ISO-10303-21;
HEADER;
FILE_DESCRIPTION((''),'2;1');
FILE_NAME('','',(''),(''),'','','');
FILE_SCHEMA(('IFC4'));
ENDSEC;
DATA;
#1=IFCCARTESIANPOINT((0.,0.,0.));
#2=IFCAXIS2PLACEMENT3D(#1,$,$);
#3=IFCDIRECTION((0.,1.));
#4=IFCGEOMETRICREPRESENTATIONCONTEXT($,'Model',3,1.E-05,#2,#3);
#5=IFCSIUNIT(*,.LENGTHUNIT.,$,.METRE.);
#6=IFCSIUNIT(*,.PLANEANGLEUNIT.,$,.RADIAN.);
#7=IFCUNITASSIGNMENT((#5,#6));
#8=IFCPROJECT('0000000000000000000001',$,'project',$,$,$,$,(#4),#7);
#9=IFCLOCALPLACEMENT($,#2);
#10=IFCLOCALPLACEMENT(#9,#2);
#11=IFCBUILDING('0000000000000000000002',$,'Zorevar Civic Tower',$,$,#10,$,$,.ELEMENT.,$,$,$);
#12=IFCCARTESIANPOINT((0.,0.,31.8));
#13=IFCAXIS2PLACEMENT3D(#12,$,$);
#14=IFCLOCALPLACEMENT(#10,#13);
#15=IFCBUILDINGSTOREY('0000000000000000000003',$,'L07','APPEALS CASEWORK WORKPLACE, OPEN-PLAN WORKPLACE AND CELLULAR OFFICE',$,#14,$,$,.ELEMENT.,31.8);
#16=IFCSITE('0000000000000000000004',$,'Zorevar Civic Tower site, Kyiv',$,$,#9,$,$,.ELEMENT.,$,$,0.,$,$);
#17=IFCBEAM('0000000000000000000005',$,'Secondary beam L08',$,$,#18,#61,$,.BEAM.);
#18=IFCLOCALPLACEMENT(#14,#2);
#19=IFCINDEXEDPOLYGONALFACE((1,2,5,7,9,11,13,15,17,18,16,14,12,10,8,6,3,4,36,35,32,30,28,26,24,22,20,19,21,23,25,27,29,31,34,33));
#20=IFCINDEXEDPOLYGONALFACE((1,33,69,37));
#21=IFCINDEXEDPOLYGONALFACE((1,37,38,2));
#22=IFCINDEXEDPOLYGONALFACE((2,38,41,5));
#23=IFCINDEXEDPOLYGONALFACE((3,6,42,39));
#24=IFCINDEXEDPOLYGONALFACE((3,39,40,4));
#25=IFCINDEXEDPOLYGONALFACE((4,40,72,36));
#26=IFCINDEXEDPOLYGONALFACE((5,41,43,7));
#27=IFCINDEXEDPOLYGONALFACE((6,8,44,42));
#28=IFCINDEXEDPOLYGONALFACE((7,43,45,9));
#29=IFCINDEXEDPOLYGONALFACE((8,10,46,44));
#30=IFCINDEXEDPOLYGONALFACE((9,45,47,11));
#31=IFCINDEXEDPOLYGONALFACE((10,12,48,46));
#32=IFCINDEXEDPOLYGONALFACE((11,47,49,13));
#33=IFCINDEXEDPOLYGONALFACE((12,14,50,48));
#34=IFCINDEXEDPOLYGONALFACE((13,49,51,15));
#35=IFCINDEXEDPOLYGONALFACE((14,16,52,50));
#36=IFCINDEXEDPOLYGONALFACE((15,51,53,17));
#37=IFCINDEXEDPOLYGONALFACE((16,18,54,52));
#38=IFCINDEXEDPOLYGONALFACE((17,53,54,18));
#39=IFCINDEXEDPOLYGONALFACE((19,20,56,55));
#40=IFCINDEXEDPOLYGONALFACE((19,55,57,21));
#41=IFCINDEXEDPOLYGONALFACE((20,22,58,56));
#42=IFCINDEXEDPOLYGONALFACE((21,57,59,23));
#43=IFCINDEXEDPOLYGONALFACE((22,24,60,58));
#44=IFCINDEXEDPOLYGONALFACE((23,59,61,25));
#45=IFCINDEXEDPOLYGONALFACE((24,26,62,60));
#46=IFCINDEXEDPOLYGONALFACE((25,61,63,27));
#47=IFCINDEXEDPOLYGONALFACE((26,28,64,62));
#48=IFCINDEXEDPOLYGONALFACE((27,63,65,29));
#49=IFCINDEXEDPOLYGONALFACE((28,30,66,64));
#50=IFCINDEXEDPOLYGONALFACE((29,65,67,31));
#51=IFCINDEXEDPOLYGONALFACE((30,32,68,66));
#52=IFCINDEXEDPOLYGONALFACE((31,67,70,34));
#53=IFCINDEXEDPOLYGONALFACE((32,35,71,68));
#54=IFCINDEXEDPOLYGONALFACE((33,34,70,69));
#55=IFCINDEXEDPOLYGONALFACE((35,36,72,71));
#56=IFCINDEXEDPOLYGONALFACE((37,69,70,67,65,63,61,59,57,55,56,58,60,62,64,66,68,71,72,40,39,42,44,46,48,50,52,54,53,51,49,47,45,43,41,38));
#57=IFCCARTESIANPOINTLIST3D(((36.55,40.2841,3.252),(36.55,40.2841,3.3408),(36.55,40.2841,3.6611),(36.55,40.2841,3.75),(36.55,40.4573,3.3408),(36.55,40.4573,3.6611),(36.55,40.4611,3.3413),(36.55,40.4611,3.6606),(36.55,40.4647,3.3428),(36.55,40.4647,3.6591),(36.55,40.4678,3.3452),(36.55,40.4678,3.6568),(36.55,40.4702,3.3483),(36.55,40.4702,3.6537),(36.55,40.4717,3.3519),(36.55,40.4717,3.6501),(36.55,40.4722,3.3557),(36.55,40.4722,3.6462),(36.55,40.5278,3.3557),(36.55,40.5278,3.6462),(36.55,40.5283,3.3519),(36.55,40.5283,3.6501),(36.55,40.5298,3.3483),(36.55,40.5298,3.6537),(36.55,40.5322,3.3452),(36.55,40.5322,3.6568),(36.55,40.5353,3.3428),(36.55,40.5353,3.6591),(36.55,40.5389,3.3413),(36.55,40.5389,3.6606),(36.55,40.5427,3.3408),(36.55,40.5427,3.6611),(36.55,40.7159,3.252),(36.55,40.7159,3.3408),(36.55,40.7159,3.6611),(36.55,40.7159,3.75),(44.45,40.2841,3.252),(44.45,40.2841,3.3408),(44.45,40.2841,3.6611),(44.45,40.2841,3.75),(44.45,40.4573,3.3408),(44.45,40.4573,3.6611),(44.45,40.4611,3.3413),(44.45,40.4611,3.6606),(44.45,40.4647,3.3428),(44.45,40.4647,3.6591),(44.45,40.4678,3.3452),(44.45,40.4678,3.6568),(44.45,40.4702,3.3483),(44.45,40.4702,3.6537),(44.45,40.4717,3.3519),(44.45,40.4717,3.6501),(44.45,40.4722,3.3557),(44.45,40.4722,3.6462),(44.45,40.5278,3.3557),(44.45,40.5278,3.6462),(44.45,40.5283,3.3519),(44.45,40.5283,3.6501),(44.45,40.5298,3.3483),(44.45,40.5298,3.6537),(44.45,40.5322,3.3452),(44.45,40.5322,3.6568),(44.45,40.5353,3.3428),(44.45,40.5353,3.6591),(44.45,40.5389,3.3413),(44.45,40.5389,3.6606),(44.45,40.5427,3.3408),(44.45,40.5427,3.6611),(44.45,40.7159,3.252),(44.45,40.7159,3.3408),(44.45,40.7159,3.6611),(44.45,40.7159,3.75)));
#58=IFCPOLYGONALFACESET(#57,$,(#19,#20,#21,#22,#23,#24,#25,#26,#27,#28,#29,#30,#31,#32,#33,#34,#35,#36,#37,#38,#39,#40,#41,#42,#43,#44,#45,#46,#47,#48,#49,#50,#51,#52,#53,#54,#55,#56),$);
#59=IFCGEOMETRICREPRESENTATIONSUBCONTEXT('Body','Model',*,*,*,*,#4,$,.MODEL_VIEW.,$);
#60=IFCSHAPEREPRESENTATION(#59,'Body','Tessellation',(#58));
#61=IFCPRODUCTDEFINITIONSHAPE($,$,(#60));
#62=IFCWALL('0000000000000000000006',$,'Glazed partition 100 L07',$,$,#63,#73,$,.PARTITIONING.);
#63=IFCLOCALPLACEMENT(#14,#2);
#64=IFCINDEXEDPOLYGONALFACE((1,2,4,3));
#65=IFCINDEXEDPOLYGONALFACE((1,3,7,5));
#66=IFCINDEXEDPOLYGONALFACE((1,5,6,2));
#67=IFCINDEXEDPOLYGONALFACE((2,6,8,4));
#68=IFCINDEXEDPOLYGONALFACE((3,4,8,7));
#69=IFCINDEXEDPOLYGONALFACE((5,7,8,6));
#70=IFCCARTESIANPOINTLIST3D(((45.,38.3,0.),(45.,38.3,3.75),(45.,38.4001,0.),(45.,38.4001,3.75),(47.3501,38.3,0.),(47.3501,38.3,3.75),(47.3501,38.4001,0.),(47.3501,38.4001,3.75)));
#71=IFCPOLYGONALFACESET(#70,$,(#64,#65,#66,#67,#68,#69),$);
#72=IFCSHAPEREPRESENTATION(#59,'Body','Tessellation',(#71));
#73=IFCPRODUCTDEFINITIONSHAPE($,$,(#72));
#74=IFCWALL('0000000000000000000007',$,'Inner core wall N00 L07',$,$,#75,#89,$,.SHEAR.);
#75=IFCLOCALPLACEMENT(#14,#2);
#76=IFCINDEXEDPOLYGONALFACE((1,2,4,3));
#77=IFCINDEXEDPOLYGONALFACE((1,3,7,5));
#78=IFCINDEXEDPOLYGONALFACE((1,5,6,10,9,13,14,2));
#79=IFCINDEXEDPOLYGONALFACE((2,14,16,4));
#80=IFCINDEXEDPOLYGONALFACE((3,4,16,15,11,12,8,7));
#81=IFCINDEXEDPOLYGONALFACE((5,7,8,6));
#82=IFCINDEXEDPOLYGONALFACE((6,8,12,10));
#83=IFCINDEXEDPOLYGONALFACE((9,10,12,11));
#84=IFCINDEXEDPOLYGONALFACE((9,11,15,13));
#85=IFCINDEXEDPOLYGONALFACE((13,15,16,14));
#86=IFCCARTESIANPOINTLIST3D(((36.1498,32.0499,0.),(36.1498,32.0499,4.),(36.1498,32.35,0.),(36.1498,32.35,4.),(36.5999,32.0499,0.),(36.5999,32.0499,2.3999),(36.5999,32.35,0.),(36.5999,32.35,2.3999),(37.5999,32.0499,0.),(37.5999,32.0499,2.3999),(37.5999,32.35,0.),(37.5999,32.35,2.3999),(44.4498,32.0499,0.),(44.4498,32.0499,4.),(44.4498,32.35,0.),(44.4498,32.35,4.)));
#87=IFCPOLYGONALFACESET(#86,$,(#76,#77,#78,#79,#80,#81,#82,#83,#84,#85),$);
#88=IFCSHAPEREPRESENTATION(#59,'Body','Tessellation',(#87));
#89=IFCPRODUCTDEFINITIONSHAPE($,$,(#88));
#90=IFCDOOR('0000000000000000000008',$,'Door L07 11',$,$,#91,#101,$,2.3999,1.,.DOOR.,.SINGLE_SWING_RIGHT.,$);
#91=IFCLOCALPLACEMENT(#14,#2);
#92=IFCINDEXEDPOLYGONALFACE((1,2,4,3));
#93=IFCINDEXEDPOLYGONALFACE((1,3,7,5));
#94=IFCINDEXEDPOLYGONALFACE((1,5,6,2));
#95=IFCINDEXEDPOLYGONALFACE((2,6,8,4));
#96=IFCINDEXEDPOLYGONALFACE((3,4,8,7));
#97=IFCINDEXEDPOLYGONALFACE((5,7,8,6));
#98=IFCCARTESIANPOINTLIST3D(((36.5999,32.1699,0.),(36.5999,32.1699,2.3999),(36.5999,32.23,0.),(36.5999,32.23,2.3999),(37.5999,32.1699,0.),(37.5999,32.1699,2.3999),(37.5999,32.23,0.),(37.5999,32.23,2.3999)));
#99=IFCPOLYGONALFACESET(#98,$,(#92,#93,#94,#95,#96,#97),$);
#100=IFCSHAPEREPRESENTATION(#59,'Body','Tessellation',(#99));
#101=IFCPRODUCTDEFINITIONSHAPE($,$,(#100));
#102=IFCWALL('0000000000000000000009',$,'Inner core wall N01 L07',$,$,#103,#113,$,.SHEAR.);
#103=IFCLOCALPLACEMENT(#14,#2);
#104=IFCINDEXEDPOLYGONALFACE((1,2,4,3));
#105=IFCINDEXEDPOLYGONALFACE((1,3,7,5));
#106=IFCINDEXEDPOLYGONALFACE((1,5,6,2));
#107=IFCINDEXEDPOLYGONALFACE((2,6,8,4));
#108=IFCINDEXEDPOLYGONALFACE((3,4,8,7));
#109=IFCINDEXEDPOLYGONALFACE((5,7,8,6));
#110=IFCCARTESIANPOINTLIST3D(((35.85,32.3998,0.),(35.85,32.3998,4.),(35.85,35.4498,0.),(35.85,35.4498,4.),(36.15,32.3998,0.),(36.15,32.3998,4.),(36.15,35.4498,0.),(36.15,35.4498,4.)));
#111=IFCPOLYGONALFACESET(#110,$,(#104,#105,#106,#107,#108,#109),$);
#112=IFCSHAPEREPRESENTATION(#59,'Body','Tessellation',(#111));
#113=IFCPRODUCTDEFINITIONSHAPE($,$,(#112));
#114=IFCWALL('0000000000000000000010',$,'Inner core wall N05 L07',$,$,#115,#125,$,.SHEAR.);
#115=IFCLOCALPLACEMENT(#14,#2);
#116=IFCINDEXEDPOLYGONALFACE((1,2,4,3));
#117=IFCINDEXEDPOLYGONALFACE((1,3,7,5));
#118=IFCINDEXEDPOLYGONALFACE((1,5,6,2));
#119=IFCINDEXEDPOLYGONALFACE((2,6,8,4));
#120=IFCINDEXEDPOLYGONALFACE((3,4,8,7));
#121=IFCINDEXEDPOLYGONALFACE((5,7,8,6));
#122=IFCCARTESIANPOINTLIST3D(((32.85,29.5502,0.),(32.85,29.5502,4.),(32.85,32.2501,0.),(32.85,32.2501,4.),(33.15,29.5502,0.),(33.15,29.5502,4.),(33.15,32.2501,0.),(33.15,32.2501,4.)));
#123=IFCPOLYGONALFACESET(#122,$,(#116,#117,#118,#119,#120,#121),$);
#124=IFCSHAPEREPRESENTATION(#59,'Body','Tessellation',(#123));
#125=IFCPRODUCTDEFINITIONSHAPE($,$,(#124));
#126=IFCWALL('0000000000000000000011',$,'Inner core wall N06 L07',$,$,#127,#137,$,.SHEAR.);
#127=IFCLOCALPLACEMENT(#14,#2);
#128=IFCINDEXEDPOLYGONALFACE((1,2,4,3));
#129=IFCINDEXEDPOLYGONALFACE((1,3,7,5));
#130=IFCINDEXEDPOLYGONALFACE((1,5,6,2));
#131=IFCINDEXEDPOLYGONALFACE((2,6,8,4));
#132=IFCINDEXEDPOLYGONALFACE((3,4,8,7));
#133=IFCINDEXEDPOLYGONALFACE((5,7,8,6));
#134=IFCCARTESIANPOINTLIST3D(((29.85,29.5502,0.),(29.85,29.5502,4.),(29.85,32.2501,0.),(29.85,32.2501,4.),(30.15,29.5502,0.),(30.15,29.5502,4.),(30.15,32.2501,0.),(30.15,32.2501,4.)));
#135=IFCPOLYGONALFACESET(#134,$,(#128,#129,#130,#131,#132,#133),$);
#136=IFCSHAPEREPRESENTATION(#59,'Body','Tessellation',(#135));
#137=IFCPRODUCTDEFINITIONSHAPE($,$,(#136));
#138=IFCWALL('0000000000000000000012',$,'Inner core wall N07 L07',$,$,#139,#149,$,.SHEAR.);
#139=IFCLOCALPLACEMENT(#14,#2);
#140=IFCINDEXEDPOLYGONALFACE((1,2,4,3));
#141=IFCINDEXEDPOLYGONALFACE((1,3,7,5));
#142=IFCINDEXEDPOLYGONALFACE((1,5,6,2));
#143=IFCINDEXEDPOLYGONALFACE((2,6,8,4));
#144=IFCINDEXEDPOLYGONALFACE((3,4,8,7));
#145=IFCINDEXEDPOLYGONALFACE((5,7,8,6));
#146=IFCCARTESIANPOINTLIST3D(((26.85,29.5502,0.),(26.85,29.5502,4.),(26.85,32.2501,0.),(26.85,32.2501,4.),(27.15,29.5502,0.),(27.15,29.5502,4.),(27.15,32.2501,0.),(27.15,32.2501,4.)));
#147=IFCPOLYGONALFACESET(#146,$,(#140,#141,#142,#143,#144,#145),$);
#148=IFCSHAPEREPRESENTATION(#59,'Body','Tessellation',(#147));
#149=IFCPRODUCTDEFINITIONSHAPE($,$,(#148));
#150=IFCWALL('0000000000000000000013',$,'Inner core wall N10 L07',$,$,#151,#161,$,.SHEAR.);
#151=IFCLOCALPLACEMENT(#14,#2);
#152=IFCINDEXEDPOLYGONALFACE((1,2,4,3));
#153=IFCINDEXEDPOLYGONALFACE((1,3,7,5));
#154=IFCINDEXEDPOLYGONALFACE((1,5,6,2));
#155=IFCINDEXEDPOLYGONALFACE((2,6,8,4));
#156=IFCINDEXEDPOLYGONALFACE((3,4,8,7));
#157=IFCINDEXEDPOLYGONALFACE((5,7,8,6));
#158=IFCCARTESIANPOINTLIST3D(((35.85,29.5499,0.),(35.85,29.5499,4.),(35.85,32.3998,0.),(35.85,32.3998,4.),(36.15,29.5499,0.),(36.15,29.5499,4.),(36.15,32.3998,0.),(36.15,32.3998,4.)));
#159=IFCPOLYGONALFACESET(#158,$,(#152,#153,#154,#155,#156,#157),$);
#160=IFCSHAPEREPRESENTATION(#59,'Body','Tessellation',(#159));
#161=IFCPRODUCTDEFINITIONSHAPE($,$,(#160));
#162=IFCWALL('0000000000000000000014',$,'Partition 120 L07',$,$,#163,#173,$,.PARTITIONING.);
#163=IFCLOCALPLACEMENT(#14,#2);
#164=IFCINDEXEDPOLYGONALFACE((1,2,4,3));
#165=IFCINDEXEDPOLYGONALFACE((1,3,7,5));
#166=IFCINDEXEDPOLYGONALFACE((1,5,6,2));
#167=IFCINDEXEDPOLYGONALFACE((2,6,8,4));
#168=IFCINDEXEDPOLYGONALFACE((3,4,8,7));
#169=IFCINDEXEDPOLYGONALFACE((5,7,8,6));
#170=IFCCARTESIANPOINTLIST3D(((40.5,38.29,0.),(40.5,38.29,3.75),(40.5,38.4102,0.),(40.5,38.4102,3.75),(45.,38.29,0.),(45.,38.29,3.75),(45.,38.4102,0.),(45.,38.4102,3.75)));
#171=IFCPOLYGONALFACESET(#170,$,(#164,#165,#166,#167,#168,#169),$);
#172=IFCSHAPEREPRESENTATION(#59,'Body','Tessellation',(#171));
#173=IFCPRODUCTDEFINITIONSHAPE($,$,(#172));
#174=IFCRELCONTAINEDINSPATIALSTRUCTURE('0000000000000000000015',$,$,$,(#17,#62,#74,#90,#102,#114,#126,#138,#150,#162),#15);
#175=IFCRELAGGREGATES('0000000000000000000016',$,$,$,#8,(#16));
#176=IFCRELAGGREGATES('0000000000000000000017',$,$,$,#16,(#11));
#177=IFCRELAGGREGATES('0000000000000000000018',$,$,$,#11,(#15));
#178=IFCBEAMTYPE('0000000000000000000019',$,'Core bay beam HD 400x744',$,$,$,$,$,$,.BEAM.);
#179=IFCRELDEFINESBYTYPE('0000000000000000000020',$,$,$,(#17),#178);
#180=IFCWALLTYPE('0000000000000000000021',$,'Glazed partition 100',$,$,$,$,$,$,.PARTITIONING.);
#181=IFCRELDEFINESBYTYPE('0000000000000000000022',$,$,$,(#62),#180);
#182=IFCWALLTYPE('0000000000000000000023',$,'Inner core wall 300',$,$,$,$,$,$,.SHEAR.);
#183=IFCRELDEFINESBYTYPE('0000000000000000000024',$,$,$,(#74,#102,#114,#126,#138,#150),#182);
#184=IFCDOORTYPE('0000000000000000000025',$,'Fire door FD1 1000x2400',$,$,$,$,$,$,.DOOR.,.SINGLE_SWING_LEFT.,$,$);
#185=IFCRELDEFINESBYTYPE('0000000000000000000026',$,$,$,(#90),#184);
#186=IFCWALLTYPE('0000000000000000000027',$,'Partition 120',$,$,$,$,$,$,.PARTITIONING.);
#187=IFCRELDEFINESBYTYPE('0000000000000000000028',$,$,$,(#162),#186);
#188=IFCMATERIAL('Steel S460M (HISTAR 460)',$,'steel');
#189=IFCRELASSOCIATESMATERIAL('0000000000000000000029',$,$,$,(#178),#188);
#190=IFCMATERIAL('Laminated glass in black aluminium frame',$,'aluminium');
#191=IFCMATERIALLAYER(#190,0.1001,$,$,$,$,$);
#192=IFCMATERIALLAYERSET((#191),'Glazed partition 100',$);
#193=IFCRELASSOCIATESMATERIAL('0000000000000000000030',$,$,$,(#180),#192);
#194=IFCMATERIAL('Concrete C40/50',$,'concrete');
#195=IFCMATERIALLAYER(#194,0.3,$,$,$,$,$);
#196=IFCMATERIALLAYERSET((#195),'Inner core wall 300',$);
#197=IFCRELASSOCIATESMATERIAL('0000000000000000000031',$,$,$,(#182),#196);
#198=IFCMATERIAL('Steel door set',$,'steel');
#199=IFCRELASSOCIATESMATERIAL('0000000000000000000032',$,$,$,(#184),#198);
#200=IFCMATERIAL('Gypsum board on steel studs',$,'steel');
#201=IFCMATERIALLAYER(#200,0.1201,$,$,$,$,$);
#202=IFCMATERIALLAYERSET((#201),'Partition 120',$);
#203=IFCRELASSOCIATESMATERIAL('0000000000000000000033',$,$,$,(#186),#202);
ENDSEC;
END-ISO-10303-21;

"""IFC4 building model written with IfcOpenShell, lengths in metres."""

from ifc_helpers import new_model, si_unit, direction, frame, frame_2d, origin, origin_2d, place, context, subcontext, project, spatial, rectangle, i_section, extrude, material, layer, layer_set, material_profile, profile_set, type_object, element, fill, save


model = new_model("IFC4")

# Units and contexts
model_context = context("Model", 3, precision=1e-05, world=origin(), true_north=direction((0.0, 1.0)))
body_context = subcontext(model_context, "Body", "Model", "MODEL_VIEW")
ifc_project = project(units=[si_unit("LENGTHUNIT", "METRE"), si_unit("PLANEANGLEUNIT", "RADIAN")], contexts=[model_context])

# Site, building, storey
site_placement = place(None, origin())
site = spatial("IfcSite", under=ifc_project, at=site_placement, Name="Zorevar Civic Tower site, Kyiv", CompositionType="ELEMENT", RefElevation=0.0)
building_placement = place(site_placement, origin())
building = spatial("IfcBuilding", under=site, at=building_placement, Name="Zorevar Civic Tower", CompositionType="ELEMENT")
storey_placement = place(building_placement, frame((0.0, 0.0, 31.8)))
storey = spatial("IfcBuildingStorey", under=building, at=storey_placement, Name="L07", Description="APPEALS CASEWORK WORKPLACE, OPEN-PLAN WORKPLACE AND CELLULAR OFFICE", CompositionType="ELEMENT", Elevation=31.8)

# Beam
ifc_material_1 = material(Name="Steel S460M (HISTAR 460)", Category="steel")
ifc_material_profile_1 = material_profile(ifc_material_1, i_section(OverallWidth=0.4319, OverallDepth=0.498, WebThickness=0.0557, FlangeThickness=0.0889, FilletRadius=0.0149, at=origin_2d()), Name="HD 400x744")
ifc_profile_set_1 = profile_set([ifc_material_profile_1], Name="Steel S460M (HISTAR 460)")
beam_type_1 = type_object("IfcBeamType", Name="Core bay beam HD 400x744", PredefinedType="BEAM", material=ifc_profile_set_1)
for number, where, z_axis, x_axis, name in (
    (1, (36.55, 40.5, 3.501), (1.0, 0.0, 0.0), (0.0, 1.0, 0.0), "Secondary beam L08"),
):
    element("IfcBeam", number, at=place(storey_placement, frame(where, z_axis=z_axis, x_axis=x_axis)), inside=storey, type_object=beam_type_1, Name=name, PredefinedType="BEAM", context=body_context, shape_type="SweptSolid", body=[
        extrude(i_section(OverallWidth=0.4319, OverallDepth=0.498, WebThickness=0.0557, FlangeThickness=0.0889, FilletRadius=0.0149, at=origin_2d()), origin(), (0.0, 0.0, 1.0), 7.8999),
    ])

# Wall
ifc_material_2 = material(Name="Laminated glass in black aluminium frame", Category="aluminium")
ifc_layer_1 = layer(ifc_material_2, 0.1001)
ifc_layer_set_1 = layer_set([ifc_layer_1], Name="Glazed partition 100")
wall_type_1 = type_object("IfcWallType", Name="Glazed partition 100", PredefinedType="PARTITIONING", material=ifc_layer_set_1)
wall_1_placement = place(storey_placement, frame((45.0, 38.3501, 0.0), z_axis=(0.0, 0.0, 1.0), x_axis=(1.0, 0.0, 0.0)))
element("IfcWall", 2, at=wall_1_placement, inside=storey, type_object=wall_type_1, Name="Glazed partition 100 L07", PredefinedType="PARTITIONING", context=body_context, shape_type="SweptSolid", body=[
    extrude(rectangle(XDim=2.3501, YDim=0.1001, at=frame_2d((1.175, 0.0))), origin(), (0.0, 0.0, 1.0), 3.75),
])

# Wall, opening, door
ifc_material_3 = material(Name="Concrete C40/50", Category="concrete")
ifc_layer_2 = layer(ifc_material_3, 0.3)
ifc_layer_set_2 = layer_set([ifc_layer_2], Name="Inner core wall 300")
wall_type_2 = type_object("IfcWallType", Name="Inner core wall 300", PredefinedType="SHEAR", material=ifc_layer_set_2)
wall_2_placement = place(storey_placement, frame((36.1499, 32.2, 0.0), z_axis=(0.0, 0.0, 1.0), x_axis=(1.0, 0.0, 0.0)))
wall_2 = element("IfcWall", 3, at=wall_2_placement, inside=storey, type_object=wall_type_2, Name="Inner core wall N00 L07", PredefinedType="SHEAR", context=body_context, shape_type="SweptSolid", body=[
    extrude(rectangle(XDim=8.3, YDim=0.3, at=frame_2d((4.1499, 0.0))), origin(), (0.0, 0.0, 1.0), 4.0),
])
opening_1_placement = place(wall_2_placement, frame((0.45, 0.0, 0.0)))
opening_1 = element("IfcOpeningElement", 4, at=opening_1_placement, cuts=wall_2, PredefinedType="OPENING", context=body_context, shape_type="SweptSolid", body=[
    extrude(rectangle(XDim=1.0, YDim=2.3999, at=frame_2d((0.5, 1.2))), frame((0.0, 0.1599, 0.0), z_axis=(0.0, -1.0, 0.0), x_axis=(1.0, 0.0, 0.0)), (0.0, 0.0, 1.0), 0.3201),
])
ifc_material_4 = material(Name="Steel door set", Category="steel")
door_type_1 = type_object("IfcDoorType", Name="Fire door FD1 1000x2400", OperationType="SINGLE_SWING_LEFT", PredefinedType="DOOR", material=ifc_material_4)
door_1_placement = place(opening_1_placement, origin())
door_1 = element("IfcDoor", 5, at=door_1_placement, inside=storey, type_object=door_type_1, Name="Door L07 11", OperationType="SINGLE_SWING_RIGHT", OverallHeight=2.3999, OverallWidth=1.0, PredefinedType="DOOR", context=body_context, shape_type="SweptSolid", body=[
    extrude(rectangle(XDim=1.0, YDim=2.3999, at=frame_2d((0.5, 1.2))), frame((0.0, 0.03, 0.0), z_axis=(0.0, -1.0, 0.0), x_axis=(1.0, 0.0, 0.0)), (0.0, 0.0, 1.0), 0.0601),
])
fill(opening_1, door_1)

# Wall
wall_3_placement = place(storey_placement, frame((36.0, 32.3999, 0.0), z_axis=(0.0, 0.0, 1.0), x_axis=(0.0, 1.0, 0.0)))
element("IfcWall", 6, at=wall_3_placement, inside=storey, type_object=wall_type_2, Name="Inner core wall N01 L07", PredefinedType="SHEAR", context=body_context, shape_type="SweptSolid", body=[
    extrude(rectangle(XDim=3.05, YDim=0.3, at=frame_2d((1.5249, 0.0))), origin(), (0.0, 0.0, 1.0), 4.0),
])

# Walls
for number, where, z_axis, x_axis, name in (
    (7, (33.0, 29.55, 0.0), (0.0, 0.0, 1.0), (0.0, 1.0, 0.0), "Inner core wall N05 L07"),
    (8, (30.0, 29.55, 0.0), (0.0, 0.0, 1.0), (0.0, 1.0, 0.0), "Inner core wall N06 L07"),
    (9, (27.0, 29.55, 0.0), (0.0, 0.0, 1.0), (0.0, 1.0, 0.0), "Inner core wall N07 L07"),
):
    element("IfcWall", number, at=place(storey_placement, frame(where, z_axis=z_axis, x_axis=x_axis)), inside=storey, type_object=wall_type_2, Name=name, PredefinedType="SHEAR", context=body_context, shape_type="SweptSolid", body=[
        extrude(rectangle(XDim=2.7, YDim=0.3, at=frame_2d((1.3501, 0.0))), origin(), (0.0, 0.0, 1.0), 4.0),
    ])
wall_4_placement = place(storey_placement, frame((36.0, 29.55, 0.0), z_axis=(0.0, 0.0, 1.0), x_axis=(0.0, 1.0, 0.0)))
element("IfcWall", 10, at=wall_4_placement, inside=storey, type_object=wall_type_2, Name="Inner core wall N10 L07", PredefinedType="SHEAR", context=body_context, shape_type="SweptSolid", body=[
    extrude(rectangle(XDim=2.8499, YDim=0.3, at=frame_2d((1.4248, 0.0))), origin(), (0.0, 0.0, 1.0), 4.0),
])
ifc_material_5 = material(Name="Gypsum board on steel studs", Category="steel")
ifc_layer_3 = layer(ifc_material_5, 0.1201)
ifc_layer_set_3 = layer_set([ifc_layer_3], Name="Partition 120")
wall_type_3 = type_object("IfcWallType", Name="Partition 120", PredefinedType="PARTITIONING", material=ifc_layer_set_3)
wall_5_placement = place(storey_placement, frame((40.5, 38.3501, 0.0), z_axis=(0.0, 0.0, 1.0), x_axis=(1.0, 0.0, 0.0)))
element("IfcWall", 11, at=wall_5_placement, inside=storey, type_object=wall_type_3, Name="Partition 120 L07", PredefinedType="PARTITIONING", context=body_context, shape_type="SweptSolid", body=[
    extrude(rectangle(XDim=4.5, YDim=0.1201, at=frame_2d((2.25, 0.0))), origin(), (0.0, 0.0, 1.0), 3.75),
])

save(model, "model.ifc")
